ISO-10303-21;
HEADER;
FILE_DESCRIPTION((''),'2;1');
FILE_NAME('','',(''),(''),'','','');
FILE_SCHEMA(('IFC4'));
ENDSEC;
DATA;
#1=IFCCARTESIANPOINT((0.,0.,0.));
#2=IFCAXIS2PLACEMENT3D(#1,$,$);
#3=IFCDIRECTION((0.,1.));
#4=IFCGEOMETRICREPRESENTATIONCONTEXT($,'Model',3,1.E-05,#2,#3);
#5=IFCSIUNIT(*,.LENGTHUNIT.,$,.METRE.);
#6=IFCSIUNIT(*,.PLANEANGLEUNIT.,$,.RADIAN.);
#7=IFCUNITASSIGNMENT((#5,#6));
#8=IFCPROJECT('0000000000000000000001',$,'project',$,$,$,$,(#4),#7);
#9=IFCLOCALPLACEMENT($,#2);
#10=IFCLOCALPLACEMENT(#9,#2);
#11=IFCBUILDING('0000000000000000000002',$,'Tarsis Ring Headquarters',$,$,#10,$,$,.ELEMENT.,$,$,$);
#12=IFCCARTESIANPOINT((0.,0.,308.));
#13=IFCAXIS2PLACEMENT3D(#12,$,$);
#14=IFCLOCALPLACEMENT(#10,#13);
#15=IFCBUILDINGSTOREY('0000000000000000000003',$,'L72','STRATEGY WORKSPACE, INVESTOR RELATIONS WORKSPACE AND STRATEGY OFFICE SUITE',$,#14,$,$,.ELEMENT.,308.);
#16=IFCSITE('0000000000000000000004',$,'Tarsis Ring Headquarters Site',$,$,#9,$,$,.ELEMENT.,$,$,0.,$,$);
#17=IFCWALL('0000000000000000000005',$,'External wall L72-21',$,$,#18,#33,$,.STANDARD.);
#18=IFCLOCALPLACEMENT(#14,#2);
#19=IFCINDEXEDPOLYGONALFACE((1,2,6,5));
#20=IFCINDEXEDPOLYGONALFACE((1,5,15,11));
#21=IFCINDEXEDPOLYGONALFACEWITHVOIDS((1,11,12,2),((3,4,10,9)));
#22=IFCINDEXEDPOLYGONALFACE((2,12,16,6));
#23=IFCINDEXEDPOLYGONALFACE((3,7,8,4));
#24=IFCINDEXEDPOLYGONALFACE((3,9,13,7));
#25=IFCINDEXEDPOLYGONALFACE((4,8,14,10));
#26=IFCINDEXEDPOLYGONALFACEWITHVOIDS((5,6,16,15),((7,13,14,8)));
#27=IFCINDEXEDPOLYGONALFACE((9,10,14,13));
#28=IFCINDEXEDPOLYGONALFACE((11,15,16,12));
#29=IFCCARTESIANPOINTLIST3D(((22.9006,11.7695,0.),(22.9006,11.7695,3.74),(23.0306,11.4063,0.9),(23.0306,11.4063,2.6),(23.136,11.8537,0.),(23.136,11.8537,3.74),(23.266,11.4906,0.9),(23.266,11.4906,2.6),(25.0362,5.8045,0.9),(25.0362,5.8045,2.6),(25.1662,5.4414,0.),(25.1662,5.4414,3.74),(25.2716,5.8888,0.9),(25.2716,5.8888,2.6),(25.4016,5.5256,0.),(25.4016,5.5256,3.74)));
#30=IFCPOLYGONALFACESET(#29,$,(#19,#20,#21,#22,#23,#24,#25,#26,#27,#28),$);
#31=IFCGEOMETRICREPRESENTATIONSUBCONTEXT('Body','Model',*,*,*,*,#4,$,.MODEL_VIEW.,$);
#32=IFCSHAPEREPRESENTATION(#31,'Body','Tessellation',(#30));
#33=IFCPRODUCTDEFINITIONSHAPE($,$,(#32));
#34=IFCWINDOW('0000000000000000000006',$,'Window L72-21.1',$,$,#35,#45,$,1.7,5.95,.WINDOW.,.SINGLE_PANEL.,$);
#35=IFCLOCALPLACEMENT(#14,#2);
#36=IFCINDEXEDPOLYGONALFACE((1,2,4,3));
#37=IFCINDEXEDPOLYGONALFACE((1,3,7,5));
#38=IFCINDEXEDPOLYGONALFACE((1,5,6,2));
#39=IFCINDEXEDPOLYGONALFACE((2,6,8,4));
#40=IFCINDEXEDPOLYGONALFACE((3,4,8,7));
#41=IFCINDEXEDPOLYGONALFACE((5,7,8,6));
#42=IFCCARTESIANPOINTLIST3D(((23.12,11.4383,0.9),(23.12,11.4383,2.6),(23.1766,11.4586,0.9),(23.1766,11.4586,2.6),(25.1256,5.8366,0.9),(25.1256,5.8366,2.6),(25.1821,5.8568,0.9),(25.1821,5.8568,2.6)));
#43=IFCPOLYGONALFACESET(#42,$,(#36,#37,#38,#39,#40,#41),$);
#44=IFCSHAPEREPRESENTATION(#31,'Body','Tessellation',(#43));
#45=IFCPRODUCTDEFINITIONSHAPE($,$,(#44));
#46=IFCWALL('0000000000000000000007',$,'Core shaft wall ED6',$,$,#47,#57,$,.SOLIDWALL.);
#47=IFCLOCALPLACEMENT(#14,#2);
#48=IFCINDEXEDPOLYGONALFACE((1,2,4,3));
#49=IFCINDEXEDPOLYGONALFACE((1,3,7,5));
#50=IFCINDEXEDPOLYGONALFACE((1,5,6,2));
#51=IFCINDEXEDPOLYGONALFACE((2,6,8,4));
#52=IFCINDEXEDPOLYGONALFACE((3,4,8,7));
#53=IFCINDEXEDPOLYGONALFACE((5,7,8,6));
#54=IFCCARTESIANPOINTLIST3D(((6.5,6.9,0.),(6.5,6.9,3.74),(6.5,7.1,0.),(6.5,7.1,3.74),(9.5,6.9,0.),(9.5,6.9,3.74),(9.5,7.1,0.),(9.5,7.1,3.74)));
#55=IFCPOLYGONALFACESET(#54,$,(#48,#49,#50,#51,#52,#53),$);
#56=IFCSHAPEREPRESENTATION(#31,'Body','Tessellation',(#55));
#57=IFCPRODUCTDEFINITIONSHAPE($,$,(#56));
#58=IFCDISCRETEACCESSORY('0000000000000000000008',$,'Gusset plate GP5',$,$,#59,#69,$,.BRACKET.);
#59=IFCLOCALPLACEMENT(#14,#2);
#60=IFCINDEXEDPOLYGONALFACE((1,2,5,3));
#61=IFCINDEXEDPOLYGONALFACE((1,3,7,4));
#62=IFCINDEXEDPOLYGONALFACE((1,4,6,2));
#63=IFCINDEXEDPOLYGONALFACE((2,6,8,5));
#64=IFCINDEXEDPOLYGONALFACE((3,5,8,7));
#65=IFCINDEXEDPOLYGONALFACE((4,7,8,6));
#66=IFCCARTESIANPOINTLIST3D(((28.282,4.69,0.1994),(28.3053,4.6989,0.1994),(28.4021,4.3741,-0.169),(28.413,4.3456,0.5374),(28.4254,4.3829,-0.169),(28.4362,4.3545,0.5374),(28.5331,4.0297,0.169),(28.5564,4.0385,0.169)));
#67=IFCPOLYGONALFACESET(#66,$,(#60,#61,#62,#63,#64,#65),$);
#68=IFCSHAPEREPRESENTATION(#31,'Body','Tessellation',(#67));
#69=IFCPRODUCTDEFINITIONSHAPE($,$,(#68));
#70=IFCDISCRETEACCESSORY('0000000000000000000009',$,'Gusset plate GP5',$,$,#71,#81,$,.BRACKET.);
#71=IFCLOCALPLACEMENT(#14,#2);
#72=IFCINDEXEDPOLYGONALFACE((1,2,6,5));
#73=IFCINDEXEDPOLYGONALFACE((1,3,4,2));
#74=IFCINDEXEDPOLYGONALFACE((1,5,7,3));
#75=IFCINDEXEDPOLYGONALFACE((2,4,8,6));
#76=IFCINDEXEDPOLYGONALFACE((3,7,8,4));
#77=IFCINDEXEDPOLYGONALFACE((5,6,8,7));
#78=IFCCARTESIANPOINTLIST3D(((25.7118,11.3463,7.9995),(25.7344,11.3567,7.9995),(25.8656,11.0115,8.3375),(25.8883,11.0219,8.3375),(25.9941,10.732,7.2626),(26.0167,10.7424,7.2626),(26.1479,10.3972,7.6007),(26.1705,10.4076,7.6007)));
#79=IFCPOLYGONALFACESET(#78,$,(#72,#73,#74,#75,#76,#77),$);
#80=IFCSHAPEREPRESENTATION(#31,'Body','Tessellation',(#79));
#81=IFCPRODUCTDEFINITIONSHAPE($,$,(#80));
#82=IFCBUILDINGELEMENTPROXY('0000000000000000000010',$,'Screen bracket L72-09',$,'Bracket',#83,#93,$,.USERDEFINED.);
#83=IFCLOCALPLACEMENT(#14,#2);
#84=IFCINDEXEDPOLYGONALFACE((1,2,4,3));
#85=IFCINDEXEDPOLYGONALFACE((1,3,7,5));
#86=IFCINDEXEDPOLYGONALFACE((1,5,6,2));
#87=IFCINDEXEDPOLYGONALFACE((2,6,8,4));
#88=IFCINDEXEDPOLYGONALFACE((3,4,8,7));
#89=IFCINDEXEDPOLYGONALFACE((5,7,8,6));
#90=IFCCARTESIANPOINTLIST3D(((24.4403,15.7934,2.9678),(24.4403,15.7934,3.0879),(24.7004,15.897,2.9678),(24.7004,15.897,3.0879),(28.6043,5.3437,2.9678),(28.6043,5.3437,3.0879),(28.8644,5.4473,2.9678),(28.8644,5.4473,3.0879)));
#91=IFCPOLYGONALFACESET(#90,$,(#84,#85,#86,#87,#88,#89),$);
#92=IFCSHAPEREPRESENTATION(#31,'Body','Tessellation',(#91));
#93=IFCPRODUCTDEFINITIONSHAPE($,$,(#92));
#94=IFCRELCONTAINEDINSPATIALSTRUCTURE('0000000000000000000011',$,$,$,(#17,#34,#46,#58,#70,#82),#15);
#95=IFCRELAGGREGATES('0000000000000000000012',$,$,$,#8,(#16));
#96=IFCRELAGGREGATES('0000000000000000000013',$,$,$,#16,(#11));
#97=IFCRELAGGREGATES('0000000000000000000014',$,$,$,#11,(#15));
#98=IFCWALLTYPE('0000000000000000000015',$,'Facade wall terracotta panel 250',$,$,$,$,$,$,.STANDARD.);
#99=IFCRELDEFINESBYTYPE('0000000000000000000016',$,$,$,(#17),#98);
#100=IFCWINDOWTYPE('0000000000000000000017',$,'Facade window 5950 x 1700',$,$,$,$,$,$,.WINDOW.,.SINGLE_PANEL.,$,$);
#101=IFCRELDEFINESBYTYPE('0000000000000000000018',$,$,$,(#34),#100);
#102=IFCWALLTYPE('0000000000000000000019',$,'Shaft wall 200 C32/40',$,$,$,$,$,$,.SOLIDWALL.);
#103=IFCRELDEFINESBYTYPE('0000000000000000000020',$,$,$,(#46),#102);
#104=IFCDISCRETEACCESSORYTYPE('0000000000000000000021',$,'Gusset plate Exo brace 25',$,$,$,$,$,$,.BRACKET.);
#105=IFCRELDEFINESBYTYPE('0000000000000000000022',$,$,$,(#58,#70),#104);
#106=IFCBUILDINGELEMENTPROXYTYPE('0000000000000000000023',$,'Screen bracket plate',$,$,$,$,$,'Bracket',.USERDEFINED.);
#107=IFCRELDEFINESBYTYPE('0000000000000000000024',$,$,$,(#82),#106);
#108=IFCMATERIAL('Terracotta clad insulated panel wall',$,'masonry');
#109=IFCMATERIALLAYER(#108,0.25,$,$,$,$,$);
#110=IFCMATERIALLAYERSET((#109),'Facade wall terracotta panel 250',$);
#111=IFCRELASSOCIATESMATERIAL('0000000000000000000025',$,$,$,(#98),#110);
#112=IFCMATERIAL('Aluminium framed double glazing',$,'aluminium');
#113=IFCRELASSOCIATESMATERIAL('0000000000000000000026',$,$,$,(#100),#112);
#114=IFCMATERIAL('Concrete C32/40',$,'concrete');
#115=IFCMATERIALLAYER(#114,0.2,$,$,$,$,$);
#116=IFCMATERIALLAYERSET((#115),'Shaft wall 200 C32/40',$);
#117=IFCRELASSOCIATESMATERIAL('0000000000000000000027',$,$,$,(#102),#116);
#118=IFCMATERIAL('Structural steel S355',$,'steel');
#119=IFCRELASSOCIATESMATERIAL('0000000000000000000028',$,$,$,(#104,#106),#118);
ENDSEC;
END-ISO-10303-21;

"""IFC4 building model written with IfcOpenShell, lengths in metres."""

from ifc_helpers import new_model, si_unit, direction, frame, frame_2d, origin, origin_2d, place, context, subcontext, project, spatial, rectangle, extrude, material, layer, layer_set, material_profile, profile_set, type_object, element, fill, save


model = new_model("IFC4")

# Units and contexts
model_context = context("Model", 3, precision=1e-05, world=origin(), true_north=direction((0.0, 1.0)))
body_context = subcontext(model_context, "Body", "Model", "MODEL_VIEW")
ifc_project = project(units=[si_unit("LENGTHUNIT", "METRE"), si_unit("PLANEANGLEUNIT", "RADIAN")], contexts=[model_context])

# Site, building, storey
site_placement = place(None, origin())
site = spatial("IfcSite", under=ifc_project, at=site_placement, Name="Tarsis Ring Headquarters Site", CompositionType="ELEMENT", RefElevation=0.0)
building_placement = place(site_placement, origin())
building = spatial("IfcBuilding", under=site, at=building_placement, Name="Tarsis Ring Headquarters", CompositionType="ELEMENT")
storey_placement = place(building_placement, frame((0.0, 0.0, 308.0)))
storey = spatial("IfcBuildingStorey", under=building, at=storey_placement, Name="L72", Description="STRATEGY WORKSPACE, INVESTOR RELATIONS WORKSPACE AND STRATEGY OFFICE SUITE", CompositionType="ELEMENT", Elevation=308.0)

# Shared definitions
ifc_material_1 = material(Name="Structural steel S355", Category="steel")

# Wall, opening, window
ifc_material_2 = material(Name="Terracotta clad insulated panel wall", Category="masonry")
ifc_layer_1 = layer(ifc_material_2, 0.25)
ifc_layer_set_1 = layer_set([ifc_layer_1], Name="Facade wall terracotta panel 250")
wall_type_1 = type_object("IfcWallType", Name="Facade wall terracotta panel 250", PredefinedType="STANDARD", material=ifc_layer_set_1)
ifc_material_3 = material(Name="Aluminium framed double glazing", Category="aluminium")
window_type = type_object("IfcWindowType", Name="Facade window 5950 x 1700", PartitioningType="SINGLE_PANEL", PredefinedType="WINDOW", material=ifc_material_3)
wall_1_placement = place(storey_placement, frame((25.2839, 5.4834, 0.0), z_axis=(0.0, 0.0, 1.0), x_axis=(-0.337073, 0.941479, 0.0)))
wall_1 = element("IfcWall", 1, at=wall_1_placement, inside=storey, type_object=wall_type_1, Name="External wall L72-21", PredefinedType="STANDARD", context=body_context, shape_type="SweptSolid", body=[
    extrude(rectangle(XDim=6.7214, YDim=0.25, at=frame_2d((3.3608, 0.0))), origin(), (0.0, 0.0, 1.0), 3.74),
])
opening_1_placement = place(wall_1_placement, frame((0.3857, 0.0, 0.8999)))
opening_1 = element("IfcOpeningElement", 2, at=opening_1_placement, cuts=wall_1, PredefinedType="OPENING", context=body_context, shape_type="SweptSolid", body=[
    extrude(rectangle(XDim=5.95, YDim=1.7, at=frame_2d((2.9751, 0.8501))), frame((0.0, 0.135, 0.0), z_axis=(0.0, -1.0, 0.0), x_axis=(1.0, 0.0, 0.0)), (0.0, 0.0, 1.0), 0.27),
])
window_1_placement = place(opening_1_placement, origin())
window_1 = element("IfcWindow", 3, at=window_1_placement, inside=storey, type_object=window_type, Name="Window L72-21.1", OverallHeight=1.7, OverallWidth=5.95, PartitioningType="SINGLE_PANEL", PredefinedType="WINDOW", context=body_context, shape_type="SweptSolid", body=[
    extrude(rectangle(XDim=5.95, YDim=1.7, at=frame_2d((2.9751, 0.8501))), frame((0.0, 0.03, 0.0), z_axis=(0.0, -1.0, 0.0), x_axis=(1.0, 0.0, 0.0)), (0.0, 0.0, 1.0), 0.0601),
])
fill(opening_1, window_1)

# Wall
ifc_material_4 = material(Name="Concrete C32/40", Category="concrete")
ifc_layer_2 = layer(ifc_material_4, 0.2)
ifc_layer_set_2 = layer_set([ifc_layer_2], Name="Shaft wall 200 C32/40")
wall_type_2 = type_object("IfcWallType", Name="Shaft wall 200 C32/40", PredefinedType="SOLIDWALL", material=ifc_layer_set_2)
wall_2_placement = place(storey_placement, frame((6.5, 7.0, 0.0), z_axis=(0.0, 0.0, 1.0), x_axis=(1.0, 0.0, 0.0)))
element("IfcWall", 4, at=wall_2_placement, inside=storey, type_object=wall_type_2, Name="Core shaft wall ED6", PredefinedType="SOLIDWALL", context=body_context, shape_type="SweptSolid", body=[
    extrude(rectangle(XDim=3.0, YDim=0.2, at=frame_2d((1.5, 0.0))), origin(), (0.0, 0.0, 1.0), 3.74),
])

# Discrete accessories
ifc_material_profile_1 = material_profile(ifc_material_1, rectangle(XDim=0.0249, YDim=0.5, at=origin_2d()), Name="PL 25x500")
ifc_profile_set_1 = profile_set([ifc_material_profile_1], Name="Structural steel S355")
discrete_accessory_type = type_object("IfcDiscreteAccessoryType", Name="Gusset plate Exo brace 25", PredefinedType="BRACKET", material=ifc_profile_set_1)
discrete_accessory_1_placement = place(storey_placement, frame((28.4792, 4.2063, 0.0), z_axis=(-0.240255, 0.63189, 0.73688), x_axis=(-0.934716, -0.355394, 0.0)))
element("IfcDiscreteAccessory", 5, at=discrete_accessory_1_placement, inside=storey, type_object=discrete_accessory_type, Name="Gusset plate GP5", PredefinedType="BRACKET", context=body_context, shape_type="SweptSolid", body=[
    extrude(rectangle(XDim=0.0249, YDim=0.5, at=origin_2d()), origin(), (0.0, 0.0, 1.0), 0.5),
])
discrete_accessory_2_placement = place(storey_placement, frame((26.0823, 10.5698, 7.4316), z_axis=(-0.282246, 0.6143, 0.736867), x_axis=(-0.908677, -0.4175, 0.0)))
element("IfcDiscreteAccessory", 6, at=discrete_accessory_2_placement, inside=storey, type_object=discrete_accessory_type, Name="Gusset plate GP5", PredefinedType="BRACKET", context=body_context, shape_type="SweptSolid", body=[
    extrude(rectangle(XDim=0.0249, YDim=0.5, at=origin_2d()), origin(), (0.0, 0.0, 1.0), 1.0),
])

# Building element proxy
building_element_proxy_type = type_object("IfcBuildingElementProxyType", Name="Screen bracket plate", ElementType="Bracket", PredefinedType="USERDEFINED", material=ifc_material_1)
proxy_placement = place(storey_placement, frame((26.6523, 10.6204, 2.9678), z_axis=(0.0, 0.0, 1.0), x_axis=(-0.370173, 0.928963, 0.0)))
element("IfcBuildingElementProxy", 7, at=proxy_placement, inside=storey, type_object=building_element_proxy_type, Name="Screen bracket L72-09", ObjectType="Bracket", PredefinedType="USERDEFINED", context=body_context, shape_type="SweptSolid", body=[
    extrude(rectangle(XDim=11.2488, YDim=0.28, at=origin_2d()), origin(), (0.0, 0.0, 1.0), 0.1201),
])

save(model, "model.ifc")
